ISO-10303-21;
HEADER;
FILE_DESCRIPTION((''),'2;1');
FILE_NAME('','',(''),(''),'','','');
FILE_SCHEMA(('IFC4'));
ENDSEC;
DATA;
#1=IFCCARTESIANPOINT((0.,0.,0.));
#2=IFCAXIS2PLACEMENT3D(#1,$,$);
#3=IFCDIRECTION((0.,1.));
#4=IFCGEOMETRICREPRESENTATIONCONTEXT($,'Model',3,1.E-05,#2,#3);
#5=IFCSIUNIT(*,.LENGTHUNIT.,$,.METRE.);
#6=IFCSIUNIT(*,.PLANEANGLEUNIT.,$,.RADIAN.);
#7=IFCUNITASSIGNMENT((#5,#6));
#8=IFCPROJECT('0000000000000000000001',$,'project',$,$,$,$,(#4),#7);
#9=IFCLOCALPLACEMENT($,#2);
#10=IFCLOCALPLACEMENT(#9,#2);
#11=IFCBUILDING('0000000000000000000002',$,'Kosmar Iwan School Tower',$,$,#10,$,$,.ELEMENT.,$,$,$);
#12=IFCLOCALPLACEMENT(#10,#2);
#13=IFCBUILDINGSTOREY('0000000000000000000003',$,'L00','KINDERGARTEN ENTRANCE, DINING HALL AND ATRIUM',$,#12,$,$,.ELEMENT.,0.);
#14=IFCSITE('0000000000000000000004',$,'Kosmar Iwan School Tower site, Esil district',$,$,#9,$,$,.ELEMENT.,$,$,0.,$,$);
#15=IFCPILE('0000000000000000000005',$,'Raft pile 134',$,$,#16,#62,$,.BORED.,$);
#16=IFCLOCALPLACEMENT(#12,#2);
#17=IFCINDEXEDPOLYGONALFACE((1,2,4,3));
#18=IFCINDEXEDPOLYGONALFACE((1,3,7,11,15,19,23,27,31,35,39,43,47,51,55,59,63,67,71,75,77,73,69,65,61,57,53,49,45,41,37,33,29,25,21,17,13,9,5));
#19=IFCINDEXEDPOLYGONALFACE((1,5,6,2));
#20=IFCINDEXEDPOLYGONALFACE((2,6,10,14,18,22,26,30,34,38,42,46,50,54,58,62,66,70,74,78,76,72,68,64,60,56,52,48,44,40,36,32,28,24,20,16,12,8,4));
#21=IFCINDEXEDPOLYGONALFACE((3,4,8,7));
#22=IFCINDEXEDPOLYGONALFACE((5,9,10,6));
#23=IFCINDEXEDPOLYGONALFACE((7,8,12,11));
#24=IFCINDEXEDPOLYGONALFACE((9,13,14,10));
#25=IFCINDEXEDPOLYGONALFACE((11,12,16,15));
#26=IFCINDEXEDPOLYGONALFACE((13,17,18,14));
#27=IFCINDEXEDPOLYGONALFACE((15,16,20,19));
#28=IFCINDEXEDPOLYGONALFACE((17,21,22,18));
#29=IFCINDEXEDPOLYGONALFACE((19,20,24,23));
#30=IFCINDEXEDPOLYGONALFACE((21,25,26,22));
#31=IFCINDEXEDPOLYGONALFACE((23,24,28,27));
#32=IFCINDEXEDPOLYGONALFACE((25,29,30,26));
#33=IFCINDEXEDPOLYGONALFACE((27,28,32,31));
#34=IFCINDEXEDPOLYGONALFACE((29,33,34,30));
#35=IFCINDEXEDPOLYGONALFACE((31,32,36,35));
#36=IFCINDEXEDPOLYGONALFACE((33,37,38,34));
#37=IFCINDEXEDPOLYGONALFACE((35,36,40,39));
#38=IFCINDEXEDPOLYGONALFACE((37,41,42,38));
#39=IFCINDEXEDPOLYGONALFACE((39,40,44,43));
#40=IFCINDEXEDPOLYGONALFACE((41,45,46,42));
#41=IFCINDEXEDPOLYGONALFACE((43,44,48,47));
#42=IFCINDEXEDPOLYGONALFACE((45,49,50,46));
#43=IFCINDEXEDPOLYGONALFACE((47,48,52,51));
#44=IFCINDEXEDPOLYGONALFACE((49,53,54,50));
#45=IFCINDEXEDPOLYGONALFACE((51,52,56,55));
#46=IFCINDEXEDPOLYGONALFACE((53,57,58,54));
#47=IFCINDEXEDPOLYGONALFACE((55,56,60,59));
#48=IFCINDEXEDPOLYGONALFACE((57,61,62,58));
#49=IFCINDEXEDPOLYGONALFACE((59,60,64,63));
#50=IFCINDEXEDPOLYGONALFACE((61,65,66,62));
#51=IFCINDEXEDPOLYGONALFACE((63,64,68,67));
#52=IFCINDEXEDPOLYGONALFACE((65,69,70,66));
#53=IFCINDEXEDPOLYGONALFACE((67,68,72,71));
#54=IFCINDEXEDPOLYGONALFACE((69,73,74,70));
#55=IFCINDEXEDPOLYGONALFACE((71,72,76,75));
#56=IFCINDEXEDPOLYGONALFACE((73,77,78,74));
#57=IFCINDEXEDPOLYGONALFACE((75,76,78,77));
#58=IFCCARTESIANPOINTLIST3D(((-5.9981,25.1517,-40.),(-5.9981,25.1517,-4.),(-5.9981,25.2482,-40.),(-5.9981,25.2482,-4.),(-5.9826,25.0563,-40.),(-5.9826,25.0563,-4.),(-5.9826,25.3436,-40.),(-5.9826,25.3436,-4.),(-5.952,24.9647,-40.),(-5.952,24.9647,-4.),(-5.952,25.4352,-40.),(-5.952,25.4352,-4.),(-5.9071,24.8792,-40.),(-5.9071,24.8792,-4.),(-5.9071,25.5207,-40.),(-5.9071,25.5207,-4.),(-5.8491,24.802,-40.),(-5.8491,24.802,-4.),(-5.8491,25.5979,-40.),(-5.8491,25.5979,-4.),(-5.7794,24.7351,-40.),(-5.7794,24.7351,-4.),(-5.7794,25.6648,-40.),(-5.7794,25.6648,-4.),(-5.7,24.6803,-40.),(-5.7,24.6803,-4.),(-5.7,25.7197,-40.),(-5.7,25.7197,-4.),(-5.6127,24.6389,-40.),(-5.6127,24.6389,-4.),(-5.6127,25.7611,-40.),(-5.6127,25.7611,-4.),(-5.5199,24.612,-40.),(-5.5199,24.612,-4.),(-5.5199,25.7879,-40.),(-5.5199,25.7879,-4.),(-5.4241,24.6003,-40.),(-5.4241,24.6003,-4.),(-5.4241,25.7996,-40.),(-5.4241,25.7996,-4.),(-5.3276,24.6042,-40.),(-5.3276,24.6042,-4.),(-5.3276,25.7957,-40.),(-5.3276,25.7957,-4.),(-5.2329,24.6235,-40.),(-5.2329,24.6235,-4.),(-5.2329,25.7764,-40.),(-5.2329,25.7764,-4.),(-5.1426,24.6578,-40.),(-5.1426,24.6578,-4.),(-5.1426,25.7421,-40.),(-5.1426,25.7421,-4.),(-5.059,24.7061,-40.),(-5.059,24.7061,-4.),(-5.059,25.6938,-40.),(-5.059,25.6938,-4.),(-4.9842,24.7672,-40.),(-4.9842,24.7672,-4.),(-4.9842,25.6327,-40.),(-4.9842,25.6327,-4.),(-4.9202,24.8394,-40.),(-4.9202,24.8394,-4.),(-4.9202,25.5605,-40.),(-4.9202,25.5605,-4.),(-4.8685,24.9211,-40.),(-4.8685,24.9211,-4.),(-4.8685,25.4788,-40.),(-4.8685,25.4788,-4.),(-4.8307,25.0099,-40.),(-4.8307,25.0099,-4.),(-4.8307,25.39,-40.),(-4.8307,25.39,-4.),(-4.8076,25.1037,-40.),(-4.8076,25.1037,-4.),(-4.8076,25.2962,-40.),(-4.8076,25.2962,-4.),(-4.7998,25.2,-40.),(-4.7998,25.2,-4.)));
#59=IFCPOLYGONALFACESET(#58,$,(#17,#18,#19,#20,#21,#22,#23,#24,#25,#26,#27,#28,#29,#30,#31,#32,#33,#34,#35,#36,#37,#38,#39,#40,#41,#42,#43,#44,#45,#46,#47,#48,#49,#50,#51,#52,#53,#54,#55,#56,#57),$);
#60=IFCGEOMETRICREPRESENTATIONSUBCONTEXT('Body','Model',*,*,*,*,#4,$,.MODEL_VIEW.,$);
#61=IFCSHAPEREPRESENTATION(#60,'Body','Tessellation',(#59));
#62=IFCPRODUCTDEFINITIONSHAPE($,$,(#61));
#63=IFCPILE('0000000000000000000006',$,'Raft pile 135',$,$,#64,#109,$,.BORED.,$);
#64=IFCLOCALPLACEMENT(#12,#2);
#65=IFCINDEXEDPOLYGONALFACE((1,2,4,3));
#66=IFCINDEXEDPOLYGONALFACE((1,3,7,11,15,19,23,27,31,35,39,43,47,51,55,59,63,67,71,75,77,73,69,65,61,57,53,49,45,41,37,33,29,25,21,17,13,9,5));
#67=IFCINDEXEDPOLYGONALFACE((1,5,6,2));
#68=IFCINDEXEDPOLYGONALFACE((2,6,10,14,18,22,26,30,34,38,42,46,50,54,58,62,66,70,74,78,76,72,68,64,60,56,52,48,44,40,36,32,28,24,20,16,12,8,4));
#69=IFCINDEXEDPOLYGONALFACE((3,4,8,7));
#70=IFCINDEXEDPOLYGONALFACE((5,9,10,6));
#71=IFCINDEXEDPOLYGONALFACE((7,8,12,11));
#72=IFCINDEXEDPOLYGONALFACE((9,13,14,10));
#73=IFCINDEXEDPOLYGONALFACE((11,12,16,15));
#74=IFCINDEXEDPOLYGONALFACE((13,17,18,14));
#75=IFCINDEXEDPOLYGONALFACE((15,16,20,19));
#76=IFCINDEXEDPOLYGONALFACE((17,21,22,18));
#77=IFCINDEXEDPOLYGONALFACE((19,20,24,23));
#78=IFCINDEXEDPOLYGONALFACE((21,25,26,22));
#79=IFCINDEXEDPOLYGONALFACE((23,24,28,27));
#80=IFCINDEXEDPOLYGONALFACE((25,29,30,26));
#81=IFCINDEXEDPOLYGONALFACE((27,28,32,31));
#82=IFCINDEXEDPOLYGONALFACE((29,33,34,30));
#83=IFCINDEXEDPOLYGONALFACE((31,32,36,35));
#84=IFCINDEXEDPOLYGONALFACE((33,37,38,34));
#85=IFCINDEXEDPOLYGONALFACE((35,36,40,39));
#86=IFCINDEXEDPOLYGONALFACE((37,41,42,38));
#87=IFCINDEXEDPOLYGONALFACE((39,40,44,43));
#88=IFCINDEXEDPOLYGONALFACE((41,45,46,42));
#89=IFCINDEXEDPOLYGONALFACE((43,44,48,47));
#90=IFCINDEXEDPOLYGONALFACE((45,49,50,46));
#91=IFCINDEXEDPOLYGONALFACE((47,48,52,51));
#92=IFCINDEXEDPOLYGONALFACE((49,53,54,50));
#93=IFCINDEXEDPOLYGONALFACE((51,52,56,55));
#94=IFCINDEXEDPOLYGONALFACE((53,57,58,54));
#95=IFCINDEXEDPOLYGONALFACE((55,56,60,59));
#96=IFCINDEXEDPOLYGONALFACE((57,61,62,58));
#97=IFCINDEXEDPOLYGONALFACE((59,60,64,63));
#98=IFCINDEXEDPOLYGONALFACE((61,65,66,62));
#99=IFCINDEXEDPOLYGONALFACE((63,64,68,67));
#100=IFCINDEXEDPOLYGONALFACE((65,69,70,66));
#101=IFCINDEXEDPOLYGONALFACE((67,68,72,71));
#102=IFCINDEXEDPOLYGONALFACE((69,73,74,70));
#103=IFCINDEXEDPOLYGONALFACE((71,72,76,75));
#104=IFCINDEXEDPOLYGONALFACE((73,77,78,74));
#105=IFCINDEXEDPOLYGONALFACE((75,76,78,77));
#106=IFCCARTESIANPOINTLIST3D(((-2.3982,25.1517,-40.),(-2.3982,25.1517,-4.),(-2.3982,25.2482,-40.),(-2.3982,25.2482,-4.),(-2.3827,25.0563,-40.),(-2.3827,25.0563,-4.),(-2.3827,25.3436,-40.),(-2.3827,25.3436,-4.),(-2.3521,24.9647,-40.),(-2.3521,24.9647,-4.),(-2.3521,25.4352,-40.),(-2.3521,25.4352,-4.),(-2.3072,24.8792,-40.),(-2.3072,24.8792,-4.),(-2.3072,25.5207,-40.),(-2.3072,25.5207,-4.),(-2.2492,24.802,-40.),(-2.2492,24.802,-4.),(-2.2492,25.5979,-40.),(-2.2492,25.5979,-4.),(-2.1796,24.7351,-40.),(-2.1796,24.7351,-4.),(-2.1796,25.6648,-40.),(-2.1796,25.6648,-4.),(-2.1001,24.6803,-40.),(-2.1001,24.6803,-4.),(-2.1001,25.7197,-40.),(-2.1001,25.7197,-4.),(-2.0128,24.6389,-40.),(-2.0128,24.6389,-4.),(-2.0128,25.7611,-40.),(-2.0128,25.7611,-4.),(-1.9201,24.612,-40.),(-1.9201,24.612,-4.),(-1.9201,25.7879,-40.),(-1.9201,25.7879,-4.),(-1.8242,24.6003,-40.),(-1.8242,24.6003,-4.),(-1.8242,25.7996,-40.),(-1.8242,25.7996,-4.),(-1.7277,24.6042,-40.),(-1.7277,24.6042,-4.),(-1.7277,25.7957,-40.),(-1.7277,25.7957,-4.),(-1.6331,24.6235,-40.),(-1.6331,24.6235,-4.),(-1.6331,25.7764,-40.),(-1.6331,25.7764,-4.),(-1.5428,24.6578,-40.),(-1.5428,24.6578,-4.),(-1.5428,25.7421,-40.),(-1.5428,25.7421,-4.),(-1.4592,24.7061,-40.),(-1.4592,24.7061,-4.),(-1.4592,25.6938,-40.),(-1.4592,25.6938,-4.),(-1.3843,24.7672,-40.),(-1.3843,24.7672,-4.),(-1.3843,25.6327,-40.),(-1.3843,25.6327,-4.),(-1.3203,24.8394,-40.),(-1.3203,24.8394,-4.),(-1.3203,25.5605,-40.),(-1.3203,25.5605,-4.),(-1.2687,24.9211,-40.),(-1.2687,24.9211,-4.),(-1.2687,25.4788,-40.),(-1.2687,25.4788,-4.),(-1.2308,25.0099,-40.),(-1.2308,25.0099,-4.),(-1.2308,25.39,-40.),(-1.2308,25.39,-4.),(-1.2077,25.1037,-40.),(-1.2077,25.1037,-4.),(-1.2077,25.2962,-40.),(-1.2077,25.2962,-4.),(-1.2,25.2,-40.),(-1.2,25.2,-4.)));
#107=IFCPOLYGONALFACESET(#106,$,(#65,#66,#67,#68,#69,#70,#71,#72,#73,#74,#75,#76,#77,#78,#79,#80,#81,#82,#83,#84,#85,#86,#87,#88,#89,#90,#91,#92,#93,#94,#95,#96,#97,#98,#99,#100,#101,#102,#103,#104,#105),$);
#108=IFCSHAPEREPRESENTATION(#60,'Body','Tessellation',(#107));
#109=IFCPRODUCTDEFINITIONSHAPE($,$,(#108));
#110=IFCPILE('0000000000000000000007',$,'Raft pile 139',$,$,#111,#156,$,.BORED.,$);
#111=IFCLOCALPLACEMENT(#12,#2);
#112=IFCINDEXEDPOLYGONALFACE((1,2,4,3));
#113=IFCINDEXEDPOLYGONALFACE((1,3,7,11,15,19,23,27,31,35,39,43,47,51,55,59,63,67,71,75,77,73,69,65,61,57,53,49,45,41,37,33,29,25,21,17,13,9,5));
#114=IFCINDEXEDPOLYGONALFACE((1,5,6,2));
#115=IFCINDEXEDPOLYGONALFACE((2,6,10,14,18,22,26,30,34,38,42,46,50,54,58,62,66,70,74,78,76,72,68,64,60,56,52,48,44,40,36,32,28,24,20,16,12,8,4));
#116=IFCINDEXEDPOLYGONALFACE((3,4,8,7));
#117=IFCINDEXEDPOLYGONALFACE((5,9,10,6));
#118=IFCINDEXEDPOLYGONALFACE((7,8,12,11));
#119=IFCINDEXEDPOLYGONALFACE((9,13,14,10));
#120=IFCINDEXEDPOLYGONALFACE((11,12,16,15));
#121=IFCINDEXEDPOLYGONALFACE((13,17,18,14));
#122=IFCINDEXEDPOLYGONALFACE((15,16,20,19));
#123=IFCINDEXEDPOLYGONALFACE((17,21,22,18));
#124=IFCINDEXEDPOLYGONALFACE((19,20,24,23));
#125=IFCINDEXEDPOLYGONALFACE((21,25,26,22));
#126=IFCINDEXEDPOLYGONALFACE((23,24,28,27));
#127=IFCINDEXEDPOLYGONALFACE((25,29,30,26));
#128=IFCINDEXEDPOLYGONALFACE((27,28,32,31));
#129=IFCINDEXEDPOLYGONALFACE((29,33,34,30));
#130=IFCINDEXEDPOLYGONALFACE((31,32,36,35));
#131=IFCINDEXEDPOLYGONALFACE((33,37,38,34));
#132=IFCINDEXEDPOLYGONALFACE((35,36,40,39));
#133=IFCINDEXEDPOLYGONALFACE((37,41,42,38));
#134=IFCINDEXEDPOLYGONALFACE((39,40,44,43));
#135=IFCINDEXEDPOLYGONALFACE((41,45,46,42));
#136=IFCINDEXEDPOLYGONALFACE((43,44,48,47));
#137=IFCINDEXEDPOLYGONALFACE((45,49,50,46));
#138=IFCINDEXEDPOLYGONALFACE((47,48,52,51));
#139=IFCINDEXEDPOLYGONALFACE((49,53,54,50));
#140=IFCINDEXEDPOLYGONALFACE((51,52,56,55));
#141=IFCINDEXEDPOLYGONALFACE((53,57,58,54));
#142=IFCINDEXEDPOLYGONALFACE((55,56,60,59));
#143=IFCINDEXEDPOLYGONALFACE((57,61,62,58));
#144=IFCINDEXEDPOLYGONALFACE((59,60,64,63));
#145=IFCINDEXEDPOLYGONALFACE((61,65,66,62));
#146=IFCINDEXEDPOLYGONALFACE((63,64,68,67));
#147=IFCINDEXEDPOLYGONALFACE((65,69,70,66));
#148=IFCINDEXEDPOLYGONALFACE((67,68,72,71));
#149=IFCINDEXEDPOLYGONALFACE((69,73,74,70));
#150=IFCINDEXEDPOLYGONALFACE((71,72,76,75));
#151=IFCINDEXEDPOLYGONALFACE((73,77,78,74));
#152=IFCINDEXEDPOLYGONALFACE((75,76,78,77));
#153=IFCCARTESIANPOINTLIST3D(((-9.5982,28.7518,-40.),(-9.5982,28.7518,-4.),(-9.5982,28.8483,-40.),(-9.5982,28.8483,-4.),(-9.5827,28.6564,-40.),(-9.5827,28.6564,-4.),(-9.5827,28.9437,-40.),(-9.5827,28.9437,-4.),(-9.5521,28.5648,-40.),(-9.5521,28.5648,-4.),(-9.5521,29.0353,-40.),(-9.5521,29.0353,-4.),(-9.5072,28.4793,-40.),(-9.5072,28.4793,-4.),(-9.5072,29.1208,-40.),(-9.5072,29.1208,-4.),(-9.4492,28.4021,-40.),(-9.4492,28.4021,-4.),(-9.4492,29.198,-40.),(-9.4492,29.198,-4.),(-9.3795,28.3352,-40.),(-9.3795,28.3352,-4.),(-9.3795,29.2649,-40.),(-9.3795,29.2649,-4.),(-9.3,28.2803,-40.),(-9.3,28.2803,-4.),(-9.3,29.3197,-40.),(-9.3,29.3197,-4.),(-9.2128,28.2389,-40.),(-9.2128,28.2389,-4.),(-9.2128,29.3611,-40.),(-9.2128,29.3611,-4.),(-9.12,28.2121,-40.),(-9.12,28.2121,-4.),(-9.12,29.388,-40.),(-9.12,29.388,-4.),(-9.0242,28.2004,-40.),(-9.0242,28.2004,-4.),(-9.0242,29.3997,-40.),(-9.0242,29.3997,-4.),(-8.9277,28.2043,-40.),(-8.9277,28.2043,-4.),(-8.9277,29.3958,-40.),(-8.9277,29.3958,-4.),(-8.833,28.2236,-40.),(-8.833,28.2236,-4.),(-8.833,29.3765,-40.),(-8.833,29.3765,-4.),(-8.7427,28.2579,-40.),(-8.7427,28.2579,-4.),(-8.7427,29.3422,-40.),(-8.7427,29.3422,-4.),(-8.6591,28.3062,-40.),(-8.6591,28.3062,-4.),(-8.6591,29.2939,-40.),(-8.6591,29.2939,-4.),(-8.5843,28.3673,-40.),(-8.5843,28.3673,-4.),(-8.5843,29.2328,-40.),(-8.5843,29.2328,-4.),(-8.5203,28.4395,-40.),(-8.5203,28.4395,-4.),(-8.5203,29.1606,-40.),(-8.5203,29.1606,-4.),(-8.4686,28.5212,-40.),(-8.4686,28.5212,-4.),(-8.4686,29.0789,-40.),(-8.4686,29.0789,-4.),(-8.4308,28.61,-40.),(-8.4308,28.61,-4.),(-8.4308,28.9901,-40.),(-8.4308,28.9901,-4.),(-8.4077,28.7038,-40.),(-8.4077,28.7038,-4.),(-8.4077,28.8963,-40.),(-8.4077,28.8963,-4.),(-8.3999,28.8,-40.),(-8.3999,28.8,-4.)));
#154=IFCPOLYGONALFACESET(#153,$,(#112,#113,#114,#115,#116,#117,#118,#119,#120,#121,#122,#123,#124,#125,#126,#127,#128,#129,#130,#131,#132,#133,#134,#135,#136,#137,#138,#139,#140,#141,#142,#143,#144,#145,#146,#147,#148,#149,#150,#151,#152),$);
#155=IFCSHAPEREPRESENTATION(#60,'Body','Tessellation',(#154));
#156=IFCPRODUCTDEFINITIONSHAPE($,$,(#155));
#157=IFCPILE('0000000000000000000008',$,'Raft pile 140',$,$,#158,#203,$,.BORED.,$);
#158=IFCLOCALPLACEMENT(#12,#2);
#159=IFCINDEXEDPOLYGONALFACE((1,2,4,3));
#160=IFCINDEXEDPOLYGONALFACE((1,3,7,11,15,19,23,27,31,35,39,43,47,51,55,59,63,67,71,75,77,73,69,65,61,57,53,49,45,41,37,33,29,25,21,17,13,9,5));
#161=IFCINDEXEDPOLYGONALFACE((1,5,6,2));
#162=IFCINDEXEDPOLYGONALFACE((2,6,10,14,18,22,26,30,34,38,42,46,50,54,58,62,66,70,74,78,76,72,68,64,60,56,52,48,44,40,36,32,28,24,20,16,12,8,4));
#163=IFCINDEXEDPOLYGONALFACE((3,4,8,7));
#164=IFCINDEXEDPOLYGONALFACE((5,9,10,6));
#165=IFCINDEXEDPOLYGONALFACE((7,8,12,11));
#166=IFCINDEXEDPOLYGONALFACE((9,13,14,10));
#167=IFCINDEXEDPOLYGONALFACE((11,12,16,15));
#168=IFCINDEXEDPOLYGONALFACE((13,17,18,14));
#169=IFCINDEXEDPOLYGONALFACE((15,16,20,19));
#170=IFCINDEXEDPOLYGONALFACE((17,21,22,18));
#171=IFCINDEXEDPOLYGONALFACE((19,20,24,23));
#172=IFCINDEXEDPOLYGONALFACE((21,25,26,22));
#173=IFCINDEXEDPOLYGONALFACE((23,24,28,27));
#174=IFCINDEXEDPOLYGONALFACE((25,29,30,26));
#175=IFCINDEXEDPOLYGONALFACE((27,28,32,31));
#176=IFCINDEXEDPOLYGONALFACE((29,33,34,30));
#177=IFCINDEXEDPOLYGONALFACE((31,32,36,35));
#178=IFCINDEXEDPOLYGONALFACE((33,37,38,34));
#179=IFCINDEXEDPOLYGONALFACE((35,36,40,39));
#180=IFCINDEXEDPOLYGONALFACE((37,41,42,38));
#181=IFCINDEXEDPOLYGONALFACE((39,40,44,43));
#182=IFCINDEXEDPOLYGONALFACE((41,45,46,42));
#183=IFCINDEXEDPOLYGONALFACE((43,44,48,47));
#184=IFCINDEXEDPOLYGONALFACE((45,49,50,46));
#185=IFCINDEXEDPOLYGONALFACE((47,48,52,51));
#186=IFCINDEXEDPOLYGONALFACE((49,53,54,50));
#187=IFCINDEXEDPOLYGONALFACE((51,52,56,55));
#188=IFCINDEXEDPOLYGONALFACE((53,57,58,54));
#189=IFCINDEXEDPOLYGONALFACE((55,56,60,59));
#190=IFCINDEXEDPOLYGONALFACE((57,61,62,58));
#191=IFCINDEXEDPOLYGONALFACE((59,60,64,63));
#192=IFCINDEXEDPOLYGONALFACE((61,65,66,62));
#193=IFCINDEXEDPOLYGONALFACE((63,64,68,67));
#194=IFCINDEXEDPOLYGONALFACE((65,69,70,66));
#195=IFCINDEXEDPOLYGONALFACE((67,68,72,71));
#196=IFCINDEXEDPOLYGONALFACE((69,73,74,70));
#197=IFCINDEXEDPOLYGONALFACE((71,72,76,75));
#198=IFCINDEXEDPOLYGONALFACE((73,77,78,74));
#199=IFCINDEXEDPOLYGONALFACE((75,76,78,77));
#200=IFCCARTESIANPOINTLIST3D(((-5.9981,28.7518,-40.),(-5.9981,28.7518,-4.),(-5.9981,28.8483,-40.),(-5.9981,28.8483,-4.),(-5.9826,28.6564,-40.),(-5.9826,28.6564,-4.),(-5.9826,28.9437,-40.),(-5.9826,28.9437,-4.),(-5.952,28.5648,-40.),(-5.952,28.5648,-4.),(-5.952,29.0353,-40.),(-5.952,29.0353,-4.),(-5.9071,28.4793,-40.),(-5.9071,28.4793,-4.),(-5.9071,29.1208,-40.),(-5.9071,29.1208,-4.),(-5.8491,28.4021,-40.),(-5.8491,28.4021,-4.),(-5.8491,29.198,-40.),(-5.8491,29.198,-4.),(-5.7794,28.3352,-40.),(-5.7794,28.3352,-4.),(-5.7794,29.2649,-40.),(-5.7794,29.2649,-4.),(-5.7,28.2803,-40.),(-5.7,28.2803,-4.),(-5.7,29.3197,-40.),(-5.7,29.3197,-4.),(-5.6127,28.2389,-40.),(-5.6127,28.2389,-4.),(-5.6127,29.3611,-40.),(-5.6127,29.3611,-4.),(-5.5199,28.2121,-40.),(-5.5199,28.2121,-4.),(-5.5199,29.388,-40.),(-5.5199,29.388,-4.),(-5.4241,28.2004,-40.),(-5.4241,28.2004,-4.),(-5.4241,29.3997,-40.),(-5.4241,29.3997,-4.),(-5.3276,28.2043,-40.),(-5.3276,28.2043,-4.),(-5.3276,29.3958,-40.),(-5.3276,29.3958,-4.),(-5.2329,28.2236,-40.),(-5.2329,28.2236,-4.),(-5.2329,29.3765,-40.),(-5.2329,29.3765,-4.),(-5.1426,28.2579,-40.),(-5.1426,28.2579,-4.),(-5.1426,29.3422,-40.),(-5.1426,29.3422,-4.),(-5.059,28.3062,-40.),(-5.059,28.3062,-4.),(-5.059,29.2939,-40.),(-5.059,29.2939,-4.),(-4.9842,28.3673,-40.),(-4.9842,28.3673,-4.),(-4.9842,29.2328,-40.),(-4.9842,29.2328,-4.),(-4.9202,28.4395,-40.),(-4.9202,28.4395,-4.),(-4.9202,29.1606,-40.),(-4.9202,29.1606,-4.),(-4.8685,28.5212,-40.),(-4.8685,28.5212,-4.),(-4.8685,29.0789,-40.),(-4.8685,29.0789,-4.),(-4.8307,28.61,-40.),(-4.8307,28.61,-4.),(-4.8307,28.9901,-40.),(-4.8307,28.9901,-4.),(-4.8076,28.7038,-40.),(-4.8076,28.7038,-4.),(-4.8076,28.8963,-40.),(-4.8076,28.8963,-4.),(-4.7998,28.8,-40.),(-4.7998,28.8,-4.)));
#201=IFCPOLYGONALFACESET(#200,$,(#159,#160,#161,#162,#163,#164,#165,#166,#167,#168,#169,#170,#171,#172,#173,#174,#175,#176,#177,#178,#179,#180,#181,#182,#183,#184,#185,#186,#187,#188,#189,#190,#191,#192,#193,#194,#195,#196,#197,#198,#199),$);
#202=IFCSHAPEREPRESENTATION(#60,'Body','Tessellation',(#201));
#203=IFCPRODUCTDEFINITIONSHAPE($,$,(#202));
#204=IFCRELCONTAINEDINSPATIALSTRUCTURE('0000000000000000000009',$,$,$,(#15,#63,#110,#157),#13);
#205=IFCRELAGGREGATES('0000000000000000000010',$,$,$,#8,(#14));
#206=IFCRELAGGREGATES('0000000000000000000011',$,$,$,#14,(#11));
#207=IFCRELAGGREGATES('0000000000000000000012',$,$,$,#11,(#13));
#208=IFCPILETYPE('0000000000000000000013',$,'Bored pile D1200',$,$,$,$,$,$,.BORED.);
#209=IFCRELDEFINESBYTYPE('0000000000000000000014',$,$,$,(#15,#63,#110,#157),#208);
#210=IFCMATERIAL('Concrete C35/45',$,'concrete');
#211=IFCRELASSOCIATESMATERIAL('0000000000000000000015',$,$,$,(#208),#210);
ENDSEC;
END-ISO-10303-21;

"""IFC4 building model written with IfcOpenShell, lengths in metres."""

from ifc_helpers import new_model, si_unit, direction, frame, origin, origin_2d, place, context, subcontext, project, spatial, circle, extrude, material, material_profile, profile_set, type_object, element, save


model = new_model("IFC4")

# Units and contexts
model_context = context("Model", 3, precision=1e-05, world=origin(), true_north=direction((0.0, 1.0)))
body_context = subcontext(model_context, "Body", "Model", "MODEL_VIEW")
ifc_project = project(units=[si_unit("LENGTHUNIT", "METRE"), si_unit("PLANEANGLEUNIT", "RADIAN")], contexts=[model_context])

# Site, building, storey
site_placement = place(None, origin())
site = spatial("IfcSite", under=ifc_project, at=site_placement, Name="Kosmar Iwan School Tower site, Esil district", CompositionType="ELEMENT", RefElevation=0.0)
building_placement = place(site_placement, origin())
building = spatial("IfcBuilding", under=site, at=building_placement, Name="Kosmar Iwan School Tower", CompositionType="ELEMENT")
storey_placement = place(building_placement, origin())
storey = spatial("IfcBuildingStorey", under=building, at=storey_placement, Name="L00", Description="KINDERGARTEN ENTRANCE, DINING HALL AND ATRIUM", CompositionType="ELEMENT", Elevation=0.0)

# Piles
ifc_material_1 = material(Name="Concrete C35/45", Category="concrete")
ifc_material_profile_1 = material_profile(ifc_material_1, circle(Radius=0.6001, at=origin_2d()), Name="D1200")
ifc_profile_set_1 = profile_set([ifc_material_profile_1], Name="Concrete C35/45")
pile_type = type_object("IfcPileType", Name="Bored pile D1200", PredefinedType="BORED", material=ifc_profile_set_1)
for number, where, z_axis, x_axis, name in (
    (1, (-5.3999, 25.2, -4.0), (0.0, 0.0, -1.0), (1.0, 0.0, 0.0), "Raft pile 134"),
    (2, (-1.8, 25.2, -4.0), (0.0, 0.0, -1.0), (1.0, 0.0, 0.0), "Raft pile 135"),
    (3, (-9.0, 28.8, -4.0), (0.0, 0.0, -1.0), (1.0, 0.0, 0.0), "Raft pile 139"),
    (4, (-5.3999, 28.8, -4.0), (0.0, 0.0, -1.0), (1.0, 0.0, 0.0), "Raft pile 140"),
):
    element("IfcPile", number, at=place(storey_placement, frame(where, z_axis=z_axis, x_axis=x_axis)), inside=storey, type_object=pile_type, Name=name, PredefinedType="BORED", context=body_context, shape_type="SweptSolid", body=[
        extrude(circle(Radius=0.6001, at=origin_2d()), origin(), (0.0, 0.0, 1.0), 36.0),
    ])

save(model, "model.ifc")
